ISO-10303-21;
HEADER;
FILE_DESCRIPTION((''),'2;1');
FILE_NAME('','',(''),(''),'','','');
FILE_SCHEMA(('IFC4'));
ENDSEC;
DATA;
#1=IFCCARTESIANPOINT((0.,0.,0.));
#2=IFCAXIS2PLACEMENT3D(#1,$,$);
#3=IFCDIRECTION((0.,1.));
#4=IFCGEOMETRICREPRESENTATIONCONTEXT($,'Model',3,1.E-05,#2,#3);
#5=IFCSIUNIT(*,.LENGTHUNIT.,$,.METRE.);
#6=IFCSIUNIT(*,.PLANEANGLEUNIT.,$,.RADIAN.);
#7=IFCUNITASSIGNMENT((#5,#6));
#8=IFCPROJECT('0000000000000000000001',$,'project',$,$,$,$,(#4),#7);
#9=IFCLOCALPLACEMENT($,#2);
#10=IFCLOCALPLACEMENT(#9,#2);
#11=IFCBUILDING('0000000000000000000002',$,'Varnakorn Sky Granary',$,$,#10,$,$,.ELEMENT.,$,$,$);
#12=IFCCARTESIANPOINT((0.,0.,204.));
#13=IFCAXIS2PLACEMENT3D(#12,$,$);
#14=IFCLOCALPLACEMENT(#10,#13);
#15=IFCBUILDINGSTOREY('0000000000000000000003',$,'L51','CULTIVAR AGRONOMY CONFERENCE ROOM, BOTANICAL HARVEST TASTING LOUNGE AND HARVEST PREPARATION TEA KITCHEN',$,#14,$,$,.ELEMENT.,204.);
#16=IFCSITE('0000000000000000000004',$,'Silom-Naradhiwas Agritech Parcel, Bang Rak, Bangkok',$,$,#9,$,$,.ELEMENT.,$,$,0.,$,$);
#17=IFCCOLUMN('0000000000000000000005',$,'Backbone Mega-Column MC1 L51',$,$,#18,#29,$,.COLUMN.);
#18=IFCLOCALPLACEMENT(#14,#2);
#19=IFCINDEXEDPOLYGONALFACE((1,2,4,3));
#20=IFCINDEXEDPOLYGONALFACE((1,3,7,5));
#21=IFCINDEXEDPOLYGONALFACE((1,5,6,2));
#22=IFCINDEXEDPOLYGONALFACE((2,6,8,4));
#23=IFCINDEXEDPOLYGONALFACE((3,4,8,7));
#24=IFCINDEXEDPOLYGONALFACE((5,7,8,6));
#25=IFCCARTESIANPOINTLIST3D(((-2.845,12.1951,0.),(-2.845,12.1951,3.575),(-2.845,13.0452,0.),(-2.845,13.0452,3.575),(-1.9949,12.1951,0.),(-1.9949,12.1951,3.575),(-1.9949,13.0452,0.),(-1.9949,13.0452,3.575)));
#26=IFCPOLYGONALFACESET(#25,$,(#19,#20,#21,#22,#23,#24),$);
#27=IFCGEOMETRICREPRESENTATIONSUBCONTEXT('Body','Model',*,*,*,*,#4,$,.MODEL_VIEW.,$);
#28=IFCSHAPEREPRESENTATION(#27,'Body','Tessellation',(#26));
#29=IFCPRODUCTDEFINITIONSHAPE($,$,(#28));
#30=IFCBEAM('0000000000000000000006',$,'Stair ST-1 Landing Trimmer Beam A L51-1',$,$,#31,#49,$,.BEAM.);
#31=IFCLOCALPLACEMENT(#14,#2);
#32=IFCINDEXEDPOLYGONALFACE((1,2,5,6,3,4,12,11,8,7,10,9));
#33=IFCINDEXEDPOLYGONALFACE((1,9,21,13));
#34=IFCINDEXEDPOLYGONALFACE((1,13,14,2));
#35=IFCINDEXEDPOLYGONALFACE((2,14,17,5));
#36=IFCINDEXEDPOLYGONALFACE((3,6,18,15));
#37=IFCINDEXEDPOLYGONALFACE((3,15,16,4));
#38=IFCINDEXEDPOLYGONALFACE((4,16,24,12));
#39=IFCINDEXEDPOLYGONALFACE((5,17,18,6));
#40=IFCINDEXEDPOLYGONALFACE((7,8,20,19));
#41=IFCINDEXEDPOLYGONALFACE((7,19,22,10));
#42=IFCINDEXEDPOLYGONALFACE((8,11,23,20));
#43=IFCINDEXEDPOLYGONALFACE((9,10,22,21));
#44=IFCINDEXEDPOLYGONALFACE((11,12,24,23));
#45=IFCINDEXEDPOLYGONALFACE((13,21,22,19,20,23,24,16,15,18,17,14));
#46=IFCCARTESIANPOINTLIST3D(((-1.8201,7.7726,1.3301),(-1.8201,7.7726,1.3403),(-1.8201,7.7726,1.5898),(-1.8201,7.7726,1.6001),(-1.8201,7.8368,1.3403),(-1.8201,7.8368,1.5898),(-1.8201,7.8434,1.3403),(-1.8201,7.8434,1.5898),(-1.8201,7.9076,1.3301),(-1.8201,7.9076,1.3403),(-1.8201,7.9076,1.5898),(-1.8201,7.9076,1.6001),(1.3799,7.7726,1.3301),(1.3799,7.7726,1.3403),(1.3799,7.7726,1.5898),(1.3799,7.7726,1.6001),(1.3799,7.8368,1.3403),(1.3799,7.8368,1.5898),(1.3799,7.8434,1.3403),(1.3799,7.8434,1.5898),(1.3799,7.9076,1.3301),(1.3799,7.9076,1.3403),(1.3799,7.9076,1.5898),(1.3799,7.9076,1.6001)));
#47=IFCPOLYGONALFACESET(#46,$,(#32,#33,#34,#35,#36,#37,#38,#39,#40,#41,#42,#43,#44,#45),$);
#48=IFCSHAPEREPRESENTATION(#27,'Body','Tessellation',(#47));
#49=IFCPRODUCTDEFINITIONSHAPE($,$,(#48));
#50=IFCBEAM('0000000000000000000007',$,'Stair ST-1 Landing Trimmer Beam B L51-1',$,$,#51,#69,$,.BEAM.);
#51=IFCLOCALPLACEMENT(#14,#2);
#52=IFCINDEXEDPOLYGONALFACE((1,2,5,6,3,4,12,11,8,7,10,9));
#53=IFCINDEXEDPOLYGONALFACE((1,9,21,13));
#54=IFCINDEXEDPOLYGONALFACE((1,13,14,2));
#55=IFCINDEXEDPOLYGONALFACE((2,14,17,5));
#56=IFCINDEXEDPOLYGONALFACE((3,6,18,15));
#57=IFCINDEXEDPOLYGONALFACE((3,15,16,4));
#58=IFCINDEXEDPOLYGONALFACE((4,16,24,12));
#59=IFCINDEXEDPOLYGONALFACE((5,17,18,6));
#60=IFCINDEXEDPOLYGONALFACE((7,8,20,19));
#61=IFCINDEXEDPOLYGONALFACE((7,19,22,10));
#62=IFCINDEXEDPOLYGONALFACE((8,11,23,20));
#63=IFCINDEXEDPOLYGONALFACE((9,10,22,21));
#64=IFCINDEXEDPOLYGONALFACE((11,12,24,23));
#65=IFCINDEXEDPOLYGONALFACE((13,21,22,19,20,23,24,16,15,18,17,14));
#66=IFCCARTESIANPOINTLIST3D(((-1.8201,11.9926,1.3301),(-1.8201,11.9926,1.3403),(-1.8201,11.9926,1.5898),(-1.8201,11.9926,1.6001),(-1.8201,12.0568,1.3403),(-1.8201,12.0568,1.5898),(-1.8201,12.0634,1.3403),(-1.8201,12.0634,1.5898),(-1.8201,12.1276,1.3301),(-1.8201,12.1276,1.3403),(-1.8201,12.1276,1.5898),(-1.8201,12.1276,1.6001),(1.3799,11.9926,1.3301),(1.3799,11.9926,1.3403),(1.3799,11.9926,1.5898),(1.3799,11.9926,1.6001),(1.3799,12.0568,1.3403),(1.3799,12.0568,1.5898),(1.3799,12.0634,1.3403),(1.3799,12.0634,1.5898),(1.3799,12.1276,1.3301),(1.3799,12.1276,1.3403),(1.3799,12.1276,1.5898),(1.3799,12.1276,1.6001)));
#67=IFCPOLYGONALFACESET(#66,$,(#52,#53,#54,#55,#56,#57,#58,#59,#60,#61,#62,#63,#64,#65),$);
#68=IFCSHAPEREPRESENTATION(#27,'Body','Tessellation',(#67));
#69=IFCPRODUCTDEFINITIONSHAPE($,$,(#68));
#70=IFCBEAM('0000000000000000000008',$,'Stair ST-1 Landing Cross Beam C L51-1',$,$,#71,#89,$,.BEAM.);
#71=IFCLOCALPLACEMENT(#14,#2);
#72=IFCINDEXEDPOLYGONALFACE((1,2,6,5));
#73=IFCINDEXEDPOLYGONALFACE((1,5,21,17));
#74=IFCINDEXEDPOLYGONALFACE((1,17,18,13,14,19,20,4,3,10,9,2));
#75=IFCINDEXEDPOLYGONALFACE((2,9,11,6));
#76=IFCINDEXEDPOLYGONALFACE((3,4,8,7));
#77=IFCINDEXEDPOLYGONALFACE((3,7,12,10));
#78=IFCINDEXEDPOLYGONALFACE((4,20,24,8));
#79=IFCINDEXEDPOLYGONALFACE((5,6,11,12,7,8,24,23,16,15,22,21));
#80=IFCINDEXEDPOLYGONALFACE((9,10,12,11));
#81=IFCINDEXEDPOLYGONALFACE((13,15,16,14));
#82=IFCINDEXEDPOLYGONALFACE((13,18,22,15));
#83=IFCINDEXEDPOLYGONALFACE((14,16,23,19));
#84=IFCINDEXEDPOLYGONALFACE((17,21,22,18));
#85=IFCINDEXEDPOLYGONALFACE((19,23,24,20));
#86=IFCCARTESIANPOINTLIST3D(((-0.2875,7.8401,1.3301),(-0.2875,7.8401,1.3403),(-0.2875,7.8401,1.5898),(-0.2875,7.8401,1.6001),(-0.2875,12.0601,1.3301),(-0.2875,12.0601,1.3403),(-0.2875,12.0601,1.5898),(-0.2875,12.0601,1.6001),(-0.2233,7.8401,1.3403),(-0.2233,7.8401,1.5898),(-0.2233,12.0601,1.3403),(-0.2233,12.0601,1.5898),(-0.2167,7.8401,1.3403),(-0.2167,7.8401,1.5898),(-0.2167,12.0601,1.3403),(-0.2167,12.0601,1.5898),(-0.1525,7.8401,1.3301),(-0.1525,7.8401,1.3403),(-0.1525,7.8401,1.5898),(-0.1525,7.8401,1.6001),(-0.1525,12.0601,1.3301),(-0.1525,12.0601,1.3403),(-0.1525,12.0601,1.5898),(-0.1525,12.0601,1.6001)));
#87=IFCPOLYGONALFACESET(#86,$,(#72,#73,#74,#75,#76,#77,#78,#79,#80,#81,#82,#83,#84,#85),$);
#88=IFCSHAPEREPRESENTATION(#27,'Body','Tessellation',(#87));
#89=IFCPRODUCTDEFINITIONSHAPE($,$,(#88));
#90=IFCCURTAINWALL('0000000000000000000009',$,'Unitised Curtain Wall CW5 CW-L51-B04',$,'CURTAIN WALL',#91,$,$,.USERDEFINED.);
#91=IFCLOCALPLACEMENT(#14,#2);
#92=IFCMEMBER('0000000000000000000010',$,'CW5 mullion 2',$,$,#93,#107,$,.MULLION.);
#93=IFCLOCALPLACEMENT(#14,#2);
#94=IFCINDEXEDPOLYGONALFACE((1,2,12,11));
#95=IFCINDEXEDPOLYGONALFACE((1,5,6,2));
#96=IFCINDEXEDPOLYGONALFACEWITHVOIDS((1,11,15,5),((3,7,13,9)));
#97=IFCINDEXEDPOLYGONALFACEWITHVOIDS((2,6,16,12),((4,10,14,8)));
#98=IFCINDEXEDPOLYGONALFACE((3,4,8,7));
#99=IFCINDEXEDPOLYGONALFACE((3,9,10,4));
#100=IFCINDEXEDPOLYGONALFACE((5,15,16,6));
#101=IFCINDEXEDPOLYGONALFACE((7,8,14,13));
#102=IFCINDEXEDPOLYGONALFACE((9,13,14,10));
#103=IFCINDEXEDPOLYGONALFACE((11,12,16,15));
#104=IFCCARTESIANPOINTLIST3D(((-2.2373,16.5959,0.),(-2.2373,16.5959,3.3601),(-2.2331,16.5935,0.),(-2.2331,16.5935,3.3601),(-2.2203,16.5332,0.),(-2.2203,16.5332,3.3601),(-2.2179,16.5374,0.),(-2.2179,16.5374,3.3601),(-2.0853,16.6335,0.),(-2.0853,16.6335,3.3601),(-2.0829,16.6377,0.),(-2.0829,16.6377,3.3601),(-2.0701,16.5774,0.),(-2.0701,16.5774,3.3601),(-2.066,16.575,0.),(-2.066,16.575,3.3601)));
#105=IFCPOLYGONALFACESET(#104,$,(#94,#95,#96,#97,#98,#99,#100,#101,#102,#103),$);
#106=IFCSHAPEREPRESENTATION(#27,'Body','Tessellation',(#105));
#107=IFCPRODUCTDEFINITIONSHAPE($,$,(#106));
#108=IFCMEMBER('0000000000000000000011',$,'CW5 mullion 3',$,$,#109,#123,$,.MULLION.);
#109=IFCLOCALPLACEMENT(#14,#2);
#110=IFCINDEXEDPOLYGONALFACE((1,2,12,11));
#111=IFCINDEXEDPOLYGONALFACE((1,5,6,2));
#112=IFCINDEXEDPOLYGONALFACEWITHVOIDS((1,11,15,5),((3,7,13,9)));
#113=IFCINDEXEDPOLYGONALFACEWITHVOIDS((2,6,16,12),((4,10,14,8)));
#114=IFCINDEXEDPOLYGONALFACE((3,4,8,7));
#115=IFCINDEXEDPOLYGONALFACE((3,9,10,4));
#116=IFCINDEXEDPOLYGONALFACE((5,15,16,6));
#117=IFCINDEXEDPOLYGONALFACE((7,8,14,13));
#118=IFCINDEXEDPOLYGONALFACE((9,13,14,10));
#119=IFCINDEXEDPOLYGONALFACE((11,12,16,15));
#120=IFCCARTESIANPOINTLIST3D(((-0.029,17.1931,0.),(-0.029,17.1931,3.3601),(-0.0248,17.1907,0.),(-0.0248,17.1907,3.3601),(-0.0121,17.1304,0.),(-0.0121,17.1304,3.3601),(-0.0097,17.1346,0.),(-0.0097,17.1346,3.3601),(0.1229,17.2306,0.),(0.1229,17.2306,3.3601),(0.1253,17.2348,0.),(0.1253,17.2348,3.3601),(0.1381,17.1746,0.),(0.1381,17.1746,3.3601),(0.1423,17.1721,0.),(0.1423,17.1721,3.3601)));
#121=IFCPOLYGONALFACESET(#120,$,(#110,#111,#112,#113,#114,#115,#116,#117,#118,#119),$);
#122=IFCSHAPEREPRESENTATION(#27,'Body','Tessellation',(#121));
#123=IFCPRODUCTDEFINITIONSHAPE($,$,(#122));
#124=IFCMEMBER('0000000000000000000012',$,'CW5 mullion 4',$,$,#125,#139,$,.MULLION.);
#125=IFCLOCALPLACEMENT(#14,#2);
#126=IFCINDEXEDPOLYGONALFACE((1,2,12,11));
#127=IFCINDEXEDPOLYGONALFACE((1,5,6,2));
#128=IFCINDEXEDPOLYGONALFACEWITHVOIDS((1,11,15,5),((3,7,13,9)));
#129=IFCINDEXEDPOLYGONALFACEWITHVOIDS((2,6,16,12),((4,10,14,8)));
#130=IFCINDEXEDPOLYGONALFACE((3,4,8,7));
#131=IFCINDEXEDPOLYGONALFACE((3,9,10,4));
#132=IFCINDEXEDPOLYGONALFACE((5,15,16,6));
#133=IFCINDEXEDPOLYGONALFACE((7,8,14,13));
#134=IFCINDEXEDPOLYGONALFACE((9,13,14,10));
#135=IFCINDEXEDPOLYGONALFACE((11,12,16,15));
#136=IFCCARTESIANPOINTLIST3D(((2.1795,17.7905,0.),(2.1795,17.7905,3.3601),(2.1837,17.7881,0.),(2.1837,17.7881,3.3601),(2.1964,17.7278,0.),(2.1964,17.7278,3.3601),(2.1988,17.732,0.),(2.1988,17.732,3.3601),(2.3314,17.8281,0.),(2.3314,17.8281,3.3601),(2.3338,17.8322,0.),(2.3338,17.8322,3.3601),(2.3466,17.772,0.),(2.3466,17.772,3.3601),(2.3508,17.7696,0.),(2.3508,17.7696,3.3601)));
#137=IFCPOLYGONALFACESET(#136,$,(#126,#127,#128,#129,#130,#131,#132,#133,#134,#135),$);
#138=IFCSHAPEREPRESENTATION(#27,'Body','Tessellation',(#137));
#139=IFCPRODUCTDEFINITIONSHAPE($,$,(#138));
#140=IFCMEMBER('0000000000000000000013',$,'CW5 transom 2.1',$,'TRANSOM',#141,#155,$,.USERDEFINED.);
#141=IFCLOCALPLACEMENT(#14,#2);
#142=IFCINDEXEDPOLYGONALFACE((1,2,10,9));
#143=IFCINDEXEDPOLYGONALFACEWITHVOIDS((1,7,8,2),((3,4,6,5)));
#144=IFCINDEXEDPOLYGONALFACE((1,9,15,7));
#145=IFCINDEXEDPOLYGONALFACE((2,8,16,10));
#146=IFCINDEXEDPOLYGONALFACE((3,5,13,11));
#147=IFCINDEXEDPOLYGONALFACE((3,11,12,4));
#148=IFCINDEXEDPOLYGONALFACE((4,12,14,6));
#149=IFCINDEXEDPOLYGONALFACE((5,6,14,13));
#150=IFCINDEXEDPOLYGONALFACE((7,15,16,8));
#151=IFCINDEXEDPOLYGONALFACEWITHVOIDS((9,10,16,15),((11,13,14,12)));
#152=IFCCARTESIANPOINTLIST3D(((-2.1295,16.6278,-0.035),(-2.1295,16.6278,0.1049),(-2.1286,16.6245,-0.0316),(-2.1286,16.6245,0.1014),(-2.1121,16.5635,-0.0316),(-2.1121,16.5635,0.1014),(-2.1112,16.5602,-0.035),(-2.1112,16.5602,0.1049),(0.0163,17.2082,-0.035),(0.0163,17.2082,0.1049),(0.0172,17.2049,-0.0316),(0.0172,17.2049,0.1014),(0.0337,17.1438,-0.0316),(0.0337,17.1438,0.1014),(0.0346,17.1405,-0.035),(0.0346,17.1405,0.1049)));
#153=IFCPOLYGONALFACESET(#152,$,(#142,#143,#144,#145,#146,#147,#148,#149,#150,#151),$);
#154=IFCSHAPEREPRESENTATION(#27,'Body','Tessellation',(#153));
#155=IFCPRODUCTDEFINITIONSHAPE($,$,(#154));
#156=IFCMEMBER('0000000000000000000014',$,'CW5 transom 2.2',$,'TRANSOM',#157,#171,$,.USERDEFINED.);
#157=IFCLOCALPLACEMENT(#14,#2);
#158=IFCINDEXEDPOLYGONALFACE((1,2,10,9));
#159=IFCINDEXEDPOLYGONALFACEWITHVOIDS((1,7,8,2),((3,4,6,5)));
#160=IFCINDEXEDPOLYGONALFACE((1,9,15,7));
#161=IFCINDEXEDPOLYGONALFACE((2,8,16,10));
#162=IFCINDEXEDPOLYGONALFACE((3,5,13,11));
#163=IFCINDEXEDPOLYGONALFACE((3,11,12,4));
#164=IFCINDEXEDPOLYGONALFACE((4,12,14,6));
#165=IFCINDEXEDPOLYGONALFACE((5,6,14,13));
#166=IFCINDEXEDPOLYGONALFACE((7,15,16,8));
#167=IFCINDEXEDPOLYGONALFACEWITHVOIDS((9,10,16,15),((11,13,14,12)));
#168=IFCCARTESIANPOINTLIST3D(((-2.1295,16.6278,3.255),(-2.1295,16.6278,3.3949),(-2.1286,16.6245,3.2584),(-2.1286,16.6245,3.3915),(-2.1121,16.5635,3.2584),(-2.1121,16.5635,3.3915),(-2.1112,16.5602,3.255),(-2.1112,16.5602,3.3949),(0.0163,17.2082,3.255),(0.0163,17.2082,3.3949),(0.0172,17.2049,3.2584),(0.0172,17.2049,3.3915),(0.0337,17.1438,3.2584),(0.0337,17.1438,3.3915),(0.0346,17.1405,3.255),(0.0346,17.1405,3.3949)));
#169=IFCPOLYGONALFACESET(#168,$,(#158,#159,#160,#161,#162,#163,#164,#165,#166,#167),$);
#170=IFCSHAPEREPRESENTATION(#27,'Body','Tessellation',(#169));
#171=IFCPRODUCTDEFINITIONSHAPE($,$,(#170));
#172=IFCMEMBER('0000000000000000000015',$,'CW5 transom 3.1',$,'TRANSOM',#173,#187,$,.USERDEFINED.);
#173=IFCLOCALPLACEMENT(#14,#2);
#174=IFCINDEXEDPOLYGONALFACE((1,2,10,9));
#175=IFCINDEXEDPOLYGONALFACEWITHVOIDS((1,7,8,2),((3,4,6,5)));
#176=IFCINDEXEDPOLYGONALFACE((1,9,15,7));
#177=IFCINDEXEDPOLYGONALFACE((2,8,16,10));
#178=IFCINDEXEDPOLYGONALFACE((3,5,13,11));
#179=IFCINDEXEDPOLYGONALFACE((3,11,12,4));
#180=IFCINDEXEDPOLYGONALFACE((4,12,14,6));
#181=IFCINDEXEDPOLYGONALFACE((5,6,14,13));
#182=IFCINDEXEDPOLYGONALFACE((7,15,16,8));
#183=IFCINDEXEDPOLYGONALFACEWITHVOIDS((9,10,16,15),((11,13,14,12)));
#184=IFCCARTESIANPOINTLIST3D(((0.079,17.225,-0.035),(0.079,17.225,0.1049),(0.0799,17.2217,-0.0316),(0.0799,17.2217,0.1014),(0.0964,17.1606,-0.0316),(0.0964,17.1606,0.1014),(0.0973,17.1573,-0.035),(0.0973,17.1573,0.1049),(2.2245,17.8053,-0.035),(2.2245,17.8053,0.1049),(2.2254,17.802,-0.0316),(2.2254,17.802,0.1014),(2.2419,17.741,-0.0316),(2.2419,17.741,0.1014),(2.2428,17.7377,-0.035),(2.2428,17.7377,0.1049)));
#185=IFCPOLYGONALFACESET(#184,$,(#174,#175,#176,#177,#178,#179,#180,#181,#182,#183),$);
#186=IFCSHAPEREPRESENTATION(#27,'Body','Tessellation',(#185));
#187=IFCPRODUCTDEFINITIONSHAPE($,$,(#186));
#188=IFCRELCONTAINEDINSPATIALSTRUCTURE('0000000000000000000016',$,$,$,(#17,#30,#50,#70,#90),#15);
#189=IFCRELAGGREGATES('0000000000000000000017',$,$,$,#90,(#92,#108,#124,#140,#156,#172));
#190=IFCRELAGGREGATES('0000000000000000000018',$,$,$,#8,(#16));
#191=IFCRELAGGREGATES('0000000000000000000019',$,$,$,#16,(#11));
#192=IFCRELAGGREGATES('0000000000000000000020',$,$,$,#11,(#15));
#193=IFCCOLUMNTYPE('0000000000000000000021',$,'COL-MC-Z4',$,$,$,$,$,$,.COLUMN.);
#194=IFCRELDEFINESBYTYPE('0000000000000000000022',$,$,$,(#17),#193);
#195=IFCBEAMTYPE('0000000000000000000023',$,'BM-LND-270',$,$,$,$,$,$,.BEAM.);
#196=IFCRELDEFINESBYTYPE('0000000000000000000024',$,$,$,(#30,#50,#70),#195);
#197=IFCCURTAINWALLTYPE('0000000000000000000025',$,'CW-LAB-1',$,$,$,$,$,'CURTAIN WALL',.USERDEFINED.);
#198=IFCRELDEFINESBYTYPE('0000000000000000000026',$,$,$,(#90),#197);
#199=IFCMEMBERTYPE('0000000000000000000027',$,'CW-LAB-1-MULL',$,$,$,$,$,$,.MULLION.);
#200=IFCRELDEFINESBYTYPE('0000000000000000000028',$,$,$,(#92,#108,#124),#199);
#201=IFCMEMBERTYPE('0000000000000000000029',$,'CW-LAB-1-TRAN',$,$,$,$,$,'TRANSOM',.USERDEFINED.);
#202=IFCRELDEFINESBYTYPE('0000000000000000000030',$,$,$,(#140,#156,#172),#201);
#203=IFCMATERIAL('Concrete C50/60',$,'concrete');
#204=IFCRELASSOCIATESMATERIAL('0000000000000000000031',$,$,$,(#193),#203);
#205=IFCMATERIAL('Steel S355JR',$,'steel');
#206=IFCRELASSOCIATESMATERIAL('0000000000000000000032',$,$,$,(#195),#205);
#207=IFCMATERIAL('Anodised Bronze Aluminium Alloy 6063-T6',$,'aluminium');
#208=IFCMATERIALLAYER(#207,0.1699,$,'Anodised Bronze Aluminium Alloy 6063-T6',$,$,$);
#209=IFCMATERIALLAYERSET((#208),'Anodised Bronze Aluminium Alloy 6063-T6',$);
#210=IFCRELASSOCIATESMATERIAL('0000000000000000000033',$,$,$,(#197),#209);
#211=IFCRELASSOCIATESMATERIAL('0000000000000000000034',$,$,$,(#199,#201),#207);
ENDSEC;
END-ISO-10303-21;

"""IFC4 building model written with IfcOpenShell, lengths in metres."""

from ifc_helpers import new_model, si_unit, direction, frame, origin, origin_2d, place, context, subcontext, project, spatial, rectangle, hollow_rectangle, i_section, extrude, material, layer, layer_set, material_profile, profile_set, type_object, element, aggregate, save


model = new_model("IFC4")

# Units and contexts
model_context = context("Model", 3, precision=1e-05, world=origin(), true_north=direction((0.0, 1.0)))
body_context = subcontext(model_context, "Body", "Model", "MODEL_VIEW")
ifc_project = project(units=[si_unit("LENGTHUNIT", "METRE"), si_unit("PLANEANGLEUNIT", "RADIAN")], contexts=[model_context])

# Site, building, storey
site_placement = place(None, origin())
site = spatial("IfcSite", under=ifc_project, at=site_placement, Name="Silom-Naradhiwas Agritech Parcel, Bang Rak, Bangkok", CompositionType="ELEMENT", RefElevation=0.0)
building_placement = place(site_placement, origin())
building = spatial("IfcBuilding", under=site, at=building_placement, Name="Varnakorn Sky Granary", CompositionType="ELEMENT")
storey_placement = place(building_placement, frame((0.0, 0.0, 204.0)))
storey = spatial("IfcBuildingStorey", under=building, at=storey_placement, Name="L51", Description="CULTIVAR AGRONOMY CONFERENCE ROOM, BOTANICAL HARVEST TASTING LOUNGE AND HARVEST PREPARATION TEA KITCHEN", CompositionType="ELEMENT", Elevation=204.0)

# Column
ifc_material_1 = material(Name="Concrete C50/60", Category="concrete")
ifc_material_profile_1 = material_profile(ifc_material_1, rectangle(XDim=0.8501, YDim=0.8501, at=origin_2d()), Name="RC 850x850")
ifc_profile_set_1 = profile_set([ifc_material_profile_1], Name="Concrete C50/60")
column_type = type_object("IfcColumnType", Name="COL-MC-Z4", PredefinedType="COLUMN", material=ifc_profile_set_1)
column_placement = place(storey_placement, frame((-2.4199, 12.6201, 0.0), z_axis=(0.0, 0.0, 1.0), x_axis=(1.0, 0.0, 0.0)))
element("IfcColumn", 1, at=column_placement, inside=storey, type_object=column_type, Name="Backbone Mega-Column MC1 L51", PredefinedType="COLUMN", context=body_context, shape_type="SweptSolid", body=[
    extrude(rectangle(XDim=0.8501, YDim=0.8501, at=origin_2d()), origin(), (0.0, 0.0, 1.0), 3.575),
])

# Beams
ifc_material_2 = material(Name="Steel S355JR", Category="steel")
ifc_material_profile_2 = material_profile(ifc_material_2, i_section(OverallWidth=0.135, OverallDepth=0.27, WebThickness=0.0066, FlangeThickness=0.0103, at=origin_2d()), Name="IPE 270")
ifc_profile_set_2 = profile_set([ifc_material_profile_2], Name="Steel S355JR")
beam_type = type_object("IfcBeamType", Name="BM-LND-270", PredefinedType="BEAM", material=ifc_profile_set_2)
for number, where, z_axis, x_axis, name in (
    (2, (-1.8201, 7.8401, 1.4651), (1.0, 0.0, 0.0), (0.0, 1.0, 0.0), "Stair ST-1 Landing Trimmer Beam A L51-1"),
    (3, (-1.8201, 12.0601, 1.4651), (1.0, 0.0, 0.0), (0.0, 1.0, 0.0), "Stair ST-1 Landing Trimmer Beam B L51-1"),
):
    element("IfcBeam", number, at=place(storey_placement, frame(where, z_axis=z_axis, x_axis=x_axis)), inside=storey, type_object=beam_type, Name=name, PredefinedType="BEAM", context=body_context, shape_type="SweptSolid", body=[
        extrude(i_section(OverallWidth=0.135, OverallDepth=0.27, WebThickness=0.0066, FlangeThickness=0.0103, at=origin_2d()), origin(), (0.0, 0.0, 1.0), 3.2),
    ])
beam_placement = place(storey_placement, frame((-0.22, 7.8401, 1.4651), z_axis=(0.0, 1.0, 0.0), x_axis=(-1.0, 0.0, 0.0)))
element("IfcBeam", 4, at=beam_placement, inside=storey, type_object=beam_type, Name="Stair ST-1 Landing Cross Beam C L51-1", PredefinedType="BEAM", context=body_context, shape_type="SweptSolid", body=[
    extrude(i_section(OverallWidth=0.135, OverallDepth=0.27, WebThickness=0.0066, FlangeThickness=0.0103, at=origin_2d()), origin(), (0.0, 0.0, 1.0), 4.22),
])

# Curtain wall, members
ifc_material_3 = material(Name="Anodised Bronze Aluminium Alloy 6063-T6", Category="aluminium")
ifc_layer_1 = layer(ifc_material_3, 0.1699, Name="Anodised Bronze Aluminium Alloy 6063-T6")
ifc_layer_set_1 = layer_set([ifc_layer_1], Name="Anodised Bronze Aluminium Alloy 6063-T6")
curtain_wall_type = type_object("IfcCurtainWallType", Name="CW-LAB-1", ElementType="CURTAIN WALL", PredefinedType="USERDEFINED", material=ifc_layer_set_1)
curtain_wall_placement = place(storey_placement, origin())
curtain_wall = element("IfcCurtainWall", 5, at=curtain_wall_placement, inside=storey, type_object=curtain_wall_type, Name="Unitised Curtain Wall CW5 CW-L51-B04", ObjectType="CURTAIN WALL", PredefinedType="USERDEFINED")
ifc_material_profile_3 = material_profile(ifc_material_3, hollow_rectangle(XDim=0.0649, YDim=0.1599, WallThickness=0.0034, at=origin_2d()), Name="ALU MULL 65x160")
ifc_profile_set_3 = profile_set([ifc_material_profile_3], Name="Anodised Bronze Aluminium Alloy 6063-T6")
member_type_1 = type_object("IfcMemberType", Name="CW-LAB-1-MULL", PredefinedType="MULLION", material=ifc_profile_set_3)
member_1_placement = place(storey_placement, frame((-2.1516, 16.5854, 0.0), z_axis=(0.0, 0.0, 1.0), x_axis=(-0.261069, 0.96532, 0.0)))
member_1 = element("IfcMember", 6, at=member_1_placement, type_object=member_type_1, Name="CW5 mullion 2", PredefinedType="MULLION", context=body_context, shape_type="SweptSolid", body=[
    extrude(hollow_rectangle(XDim=0.0649, YDim=0.1599, WallThickness=0.0034, at=origin_2d()), origin(), (0.0, 0.0, 1.0), 3.3601),
])
member_2_placement = place(storey_placement, frame((0.0566, 17.1826, 0.0), z_axis=(0.0, 0.0, 1.0), x_axis=(-0.261069, 0.96532, 0.0)))
member_2 = element("IfcMember", 7, at=member_2_placement, type_object=member_type_1, Name="CW5 mullion 3", PredefinedType="MULLION", context=body_context, shape_type="SweptSolid", body=[
    extrude(hollow_rectangle(XDim=0.0649, YDim=0.1599, WallThickness=0.0034, at=origin_2d()), origin(), (0.0, 0.0, 1.0), 3.3601),
])
member_3_placement = place(storey_placement, frame((2.2651, 17.78, 0.0), z_axis=(0.0, 0.0, 1.0), x_axis=(-0.261069, 0.96532, 0.0)))
member_3 = element("IfcMember", 8, at=member_3_placement, type_object=member_type_1, Name="CW5 mullion 4", PredefinedType="MULLION", context=body_context, shape_type="SweptSolid", body=[
    extrude(hollow_rectangle(XDim=0.0649, YDim=0.1599, WallThickness=0.0034, at=origin_2d()), origin(), (0.0, 0.0, 1.0), 3.3601),
])
ifc_material_profile_4 = material_profile(ifc_material_3, hollow_rectangle(XDim=0.0701, YDim=0.1399, WallThickness=0.0034, at=origin_2d()), Name="ALU TRAN 70x140")
ifc_profile_set_4 = profile_set([ifc_material_profile_4], Name="Anodised Bronze Aluminium Alloy 6063-T6")
member_type_2 = type_object("IfcMemberType", Name="CW-LAB-1-TRAN", ElementType="TRANSOM", PredefinedType="USERDEFINED", material=ifc_profile_set_4)
member_4_placement = place(storey_placement, frame((-2.1204, 16.594, 0.0349), z_axis=(0.965319, 0.261072, 0.0), x_axis=(-0.261072, 0.965319, 0.0)))
member_4 = element("IfcMember", 9, at=member_4_placement, type_object=member_type_2, Name="CW5 transom 2.1", ObjectType="TRANSOM", PredefinedType="USERDEFINED", context=body_context, shape_type="SweptSolid", body=[
    extrude(hollow_rectangle(XDim=0.0701, YDim=0.1399, WallThickness=0.0034, at=origin_2d()), origin(), (0.0, 0.0, 1.0), 2.2229),
])
member_5_placement = place(storey_placement, frame((-2.1204, 16.594, 3.325), z_axis=(0.965319, 0.261072, 0.0), x_axis=(-0.261072, 0.965319, 0.0)))
member_5 = element("IfcMember", 10, at=member_5_placement, type_object=member_type_2, Name="CW5 transom 2.2", ObjectType="TRANSOM", PredefinedType="USERDEFINED", context=body_context, shape_type="SweptSolid", body=[
    extrude(hollow_rectangle(XDim=0.0701, YDim=0.1399, WallThickness=0.0034, at=origin_2d()), origin(), (0.0, 0.0, 1.0), 2.2229),
])
member_6_placement = place(storey_placement, frame((0.0881, 17.1912, 0.0349), z_axis=(0.965312, 0.2611, 0.0), x_axis=(-0.2611, 0.965312, 0.0)))
member_6 = element("IfcMember", 11, at=member_6_placement, type_object=member_type_2, Name="CW5 transom 3.1", ObjectType="TRANSOM", PredefinedType="USERDEFINED", context=body_context, shape_type="SweptSolid", body=[
    extrude(hollow_rectangle(XDim=0.0701, YDim=0.1399, WallThickness=0.0034, at=origin_2d()), origin(), (0.0, 0.0, 1.0), 2.2227),
])
aggregate(curtain_wall, [member_1, member_2, member_3, member_4, member_5, member_6])

save(model, "model.ifc")
